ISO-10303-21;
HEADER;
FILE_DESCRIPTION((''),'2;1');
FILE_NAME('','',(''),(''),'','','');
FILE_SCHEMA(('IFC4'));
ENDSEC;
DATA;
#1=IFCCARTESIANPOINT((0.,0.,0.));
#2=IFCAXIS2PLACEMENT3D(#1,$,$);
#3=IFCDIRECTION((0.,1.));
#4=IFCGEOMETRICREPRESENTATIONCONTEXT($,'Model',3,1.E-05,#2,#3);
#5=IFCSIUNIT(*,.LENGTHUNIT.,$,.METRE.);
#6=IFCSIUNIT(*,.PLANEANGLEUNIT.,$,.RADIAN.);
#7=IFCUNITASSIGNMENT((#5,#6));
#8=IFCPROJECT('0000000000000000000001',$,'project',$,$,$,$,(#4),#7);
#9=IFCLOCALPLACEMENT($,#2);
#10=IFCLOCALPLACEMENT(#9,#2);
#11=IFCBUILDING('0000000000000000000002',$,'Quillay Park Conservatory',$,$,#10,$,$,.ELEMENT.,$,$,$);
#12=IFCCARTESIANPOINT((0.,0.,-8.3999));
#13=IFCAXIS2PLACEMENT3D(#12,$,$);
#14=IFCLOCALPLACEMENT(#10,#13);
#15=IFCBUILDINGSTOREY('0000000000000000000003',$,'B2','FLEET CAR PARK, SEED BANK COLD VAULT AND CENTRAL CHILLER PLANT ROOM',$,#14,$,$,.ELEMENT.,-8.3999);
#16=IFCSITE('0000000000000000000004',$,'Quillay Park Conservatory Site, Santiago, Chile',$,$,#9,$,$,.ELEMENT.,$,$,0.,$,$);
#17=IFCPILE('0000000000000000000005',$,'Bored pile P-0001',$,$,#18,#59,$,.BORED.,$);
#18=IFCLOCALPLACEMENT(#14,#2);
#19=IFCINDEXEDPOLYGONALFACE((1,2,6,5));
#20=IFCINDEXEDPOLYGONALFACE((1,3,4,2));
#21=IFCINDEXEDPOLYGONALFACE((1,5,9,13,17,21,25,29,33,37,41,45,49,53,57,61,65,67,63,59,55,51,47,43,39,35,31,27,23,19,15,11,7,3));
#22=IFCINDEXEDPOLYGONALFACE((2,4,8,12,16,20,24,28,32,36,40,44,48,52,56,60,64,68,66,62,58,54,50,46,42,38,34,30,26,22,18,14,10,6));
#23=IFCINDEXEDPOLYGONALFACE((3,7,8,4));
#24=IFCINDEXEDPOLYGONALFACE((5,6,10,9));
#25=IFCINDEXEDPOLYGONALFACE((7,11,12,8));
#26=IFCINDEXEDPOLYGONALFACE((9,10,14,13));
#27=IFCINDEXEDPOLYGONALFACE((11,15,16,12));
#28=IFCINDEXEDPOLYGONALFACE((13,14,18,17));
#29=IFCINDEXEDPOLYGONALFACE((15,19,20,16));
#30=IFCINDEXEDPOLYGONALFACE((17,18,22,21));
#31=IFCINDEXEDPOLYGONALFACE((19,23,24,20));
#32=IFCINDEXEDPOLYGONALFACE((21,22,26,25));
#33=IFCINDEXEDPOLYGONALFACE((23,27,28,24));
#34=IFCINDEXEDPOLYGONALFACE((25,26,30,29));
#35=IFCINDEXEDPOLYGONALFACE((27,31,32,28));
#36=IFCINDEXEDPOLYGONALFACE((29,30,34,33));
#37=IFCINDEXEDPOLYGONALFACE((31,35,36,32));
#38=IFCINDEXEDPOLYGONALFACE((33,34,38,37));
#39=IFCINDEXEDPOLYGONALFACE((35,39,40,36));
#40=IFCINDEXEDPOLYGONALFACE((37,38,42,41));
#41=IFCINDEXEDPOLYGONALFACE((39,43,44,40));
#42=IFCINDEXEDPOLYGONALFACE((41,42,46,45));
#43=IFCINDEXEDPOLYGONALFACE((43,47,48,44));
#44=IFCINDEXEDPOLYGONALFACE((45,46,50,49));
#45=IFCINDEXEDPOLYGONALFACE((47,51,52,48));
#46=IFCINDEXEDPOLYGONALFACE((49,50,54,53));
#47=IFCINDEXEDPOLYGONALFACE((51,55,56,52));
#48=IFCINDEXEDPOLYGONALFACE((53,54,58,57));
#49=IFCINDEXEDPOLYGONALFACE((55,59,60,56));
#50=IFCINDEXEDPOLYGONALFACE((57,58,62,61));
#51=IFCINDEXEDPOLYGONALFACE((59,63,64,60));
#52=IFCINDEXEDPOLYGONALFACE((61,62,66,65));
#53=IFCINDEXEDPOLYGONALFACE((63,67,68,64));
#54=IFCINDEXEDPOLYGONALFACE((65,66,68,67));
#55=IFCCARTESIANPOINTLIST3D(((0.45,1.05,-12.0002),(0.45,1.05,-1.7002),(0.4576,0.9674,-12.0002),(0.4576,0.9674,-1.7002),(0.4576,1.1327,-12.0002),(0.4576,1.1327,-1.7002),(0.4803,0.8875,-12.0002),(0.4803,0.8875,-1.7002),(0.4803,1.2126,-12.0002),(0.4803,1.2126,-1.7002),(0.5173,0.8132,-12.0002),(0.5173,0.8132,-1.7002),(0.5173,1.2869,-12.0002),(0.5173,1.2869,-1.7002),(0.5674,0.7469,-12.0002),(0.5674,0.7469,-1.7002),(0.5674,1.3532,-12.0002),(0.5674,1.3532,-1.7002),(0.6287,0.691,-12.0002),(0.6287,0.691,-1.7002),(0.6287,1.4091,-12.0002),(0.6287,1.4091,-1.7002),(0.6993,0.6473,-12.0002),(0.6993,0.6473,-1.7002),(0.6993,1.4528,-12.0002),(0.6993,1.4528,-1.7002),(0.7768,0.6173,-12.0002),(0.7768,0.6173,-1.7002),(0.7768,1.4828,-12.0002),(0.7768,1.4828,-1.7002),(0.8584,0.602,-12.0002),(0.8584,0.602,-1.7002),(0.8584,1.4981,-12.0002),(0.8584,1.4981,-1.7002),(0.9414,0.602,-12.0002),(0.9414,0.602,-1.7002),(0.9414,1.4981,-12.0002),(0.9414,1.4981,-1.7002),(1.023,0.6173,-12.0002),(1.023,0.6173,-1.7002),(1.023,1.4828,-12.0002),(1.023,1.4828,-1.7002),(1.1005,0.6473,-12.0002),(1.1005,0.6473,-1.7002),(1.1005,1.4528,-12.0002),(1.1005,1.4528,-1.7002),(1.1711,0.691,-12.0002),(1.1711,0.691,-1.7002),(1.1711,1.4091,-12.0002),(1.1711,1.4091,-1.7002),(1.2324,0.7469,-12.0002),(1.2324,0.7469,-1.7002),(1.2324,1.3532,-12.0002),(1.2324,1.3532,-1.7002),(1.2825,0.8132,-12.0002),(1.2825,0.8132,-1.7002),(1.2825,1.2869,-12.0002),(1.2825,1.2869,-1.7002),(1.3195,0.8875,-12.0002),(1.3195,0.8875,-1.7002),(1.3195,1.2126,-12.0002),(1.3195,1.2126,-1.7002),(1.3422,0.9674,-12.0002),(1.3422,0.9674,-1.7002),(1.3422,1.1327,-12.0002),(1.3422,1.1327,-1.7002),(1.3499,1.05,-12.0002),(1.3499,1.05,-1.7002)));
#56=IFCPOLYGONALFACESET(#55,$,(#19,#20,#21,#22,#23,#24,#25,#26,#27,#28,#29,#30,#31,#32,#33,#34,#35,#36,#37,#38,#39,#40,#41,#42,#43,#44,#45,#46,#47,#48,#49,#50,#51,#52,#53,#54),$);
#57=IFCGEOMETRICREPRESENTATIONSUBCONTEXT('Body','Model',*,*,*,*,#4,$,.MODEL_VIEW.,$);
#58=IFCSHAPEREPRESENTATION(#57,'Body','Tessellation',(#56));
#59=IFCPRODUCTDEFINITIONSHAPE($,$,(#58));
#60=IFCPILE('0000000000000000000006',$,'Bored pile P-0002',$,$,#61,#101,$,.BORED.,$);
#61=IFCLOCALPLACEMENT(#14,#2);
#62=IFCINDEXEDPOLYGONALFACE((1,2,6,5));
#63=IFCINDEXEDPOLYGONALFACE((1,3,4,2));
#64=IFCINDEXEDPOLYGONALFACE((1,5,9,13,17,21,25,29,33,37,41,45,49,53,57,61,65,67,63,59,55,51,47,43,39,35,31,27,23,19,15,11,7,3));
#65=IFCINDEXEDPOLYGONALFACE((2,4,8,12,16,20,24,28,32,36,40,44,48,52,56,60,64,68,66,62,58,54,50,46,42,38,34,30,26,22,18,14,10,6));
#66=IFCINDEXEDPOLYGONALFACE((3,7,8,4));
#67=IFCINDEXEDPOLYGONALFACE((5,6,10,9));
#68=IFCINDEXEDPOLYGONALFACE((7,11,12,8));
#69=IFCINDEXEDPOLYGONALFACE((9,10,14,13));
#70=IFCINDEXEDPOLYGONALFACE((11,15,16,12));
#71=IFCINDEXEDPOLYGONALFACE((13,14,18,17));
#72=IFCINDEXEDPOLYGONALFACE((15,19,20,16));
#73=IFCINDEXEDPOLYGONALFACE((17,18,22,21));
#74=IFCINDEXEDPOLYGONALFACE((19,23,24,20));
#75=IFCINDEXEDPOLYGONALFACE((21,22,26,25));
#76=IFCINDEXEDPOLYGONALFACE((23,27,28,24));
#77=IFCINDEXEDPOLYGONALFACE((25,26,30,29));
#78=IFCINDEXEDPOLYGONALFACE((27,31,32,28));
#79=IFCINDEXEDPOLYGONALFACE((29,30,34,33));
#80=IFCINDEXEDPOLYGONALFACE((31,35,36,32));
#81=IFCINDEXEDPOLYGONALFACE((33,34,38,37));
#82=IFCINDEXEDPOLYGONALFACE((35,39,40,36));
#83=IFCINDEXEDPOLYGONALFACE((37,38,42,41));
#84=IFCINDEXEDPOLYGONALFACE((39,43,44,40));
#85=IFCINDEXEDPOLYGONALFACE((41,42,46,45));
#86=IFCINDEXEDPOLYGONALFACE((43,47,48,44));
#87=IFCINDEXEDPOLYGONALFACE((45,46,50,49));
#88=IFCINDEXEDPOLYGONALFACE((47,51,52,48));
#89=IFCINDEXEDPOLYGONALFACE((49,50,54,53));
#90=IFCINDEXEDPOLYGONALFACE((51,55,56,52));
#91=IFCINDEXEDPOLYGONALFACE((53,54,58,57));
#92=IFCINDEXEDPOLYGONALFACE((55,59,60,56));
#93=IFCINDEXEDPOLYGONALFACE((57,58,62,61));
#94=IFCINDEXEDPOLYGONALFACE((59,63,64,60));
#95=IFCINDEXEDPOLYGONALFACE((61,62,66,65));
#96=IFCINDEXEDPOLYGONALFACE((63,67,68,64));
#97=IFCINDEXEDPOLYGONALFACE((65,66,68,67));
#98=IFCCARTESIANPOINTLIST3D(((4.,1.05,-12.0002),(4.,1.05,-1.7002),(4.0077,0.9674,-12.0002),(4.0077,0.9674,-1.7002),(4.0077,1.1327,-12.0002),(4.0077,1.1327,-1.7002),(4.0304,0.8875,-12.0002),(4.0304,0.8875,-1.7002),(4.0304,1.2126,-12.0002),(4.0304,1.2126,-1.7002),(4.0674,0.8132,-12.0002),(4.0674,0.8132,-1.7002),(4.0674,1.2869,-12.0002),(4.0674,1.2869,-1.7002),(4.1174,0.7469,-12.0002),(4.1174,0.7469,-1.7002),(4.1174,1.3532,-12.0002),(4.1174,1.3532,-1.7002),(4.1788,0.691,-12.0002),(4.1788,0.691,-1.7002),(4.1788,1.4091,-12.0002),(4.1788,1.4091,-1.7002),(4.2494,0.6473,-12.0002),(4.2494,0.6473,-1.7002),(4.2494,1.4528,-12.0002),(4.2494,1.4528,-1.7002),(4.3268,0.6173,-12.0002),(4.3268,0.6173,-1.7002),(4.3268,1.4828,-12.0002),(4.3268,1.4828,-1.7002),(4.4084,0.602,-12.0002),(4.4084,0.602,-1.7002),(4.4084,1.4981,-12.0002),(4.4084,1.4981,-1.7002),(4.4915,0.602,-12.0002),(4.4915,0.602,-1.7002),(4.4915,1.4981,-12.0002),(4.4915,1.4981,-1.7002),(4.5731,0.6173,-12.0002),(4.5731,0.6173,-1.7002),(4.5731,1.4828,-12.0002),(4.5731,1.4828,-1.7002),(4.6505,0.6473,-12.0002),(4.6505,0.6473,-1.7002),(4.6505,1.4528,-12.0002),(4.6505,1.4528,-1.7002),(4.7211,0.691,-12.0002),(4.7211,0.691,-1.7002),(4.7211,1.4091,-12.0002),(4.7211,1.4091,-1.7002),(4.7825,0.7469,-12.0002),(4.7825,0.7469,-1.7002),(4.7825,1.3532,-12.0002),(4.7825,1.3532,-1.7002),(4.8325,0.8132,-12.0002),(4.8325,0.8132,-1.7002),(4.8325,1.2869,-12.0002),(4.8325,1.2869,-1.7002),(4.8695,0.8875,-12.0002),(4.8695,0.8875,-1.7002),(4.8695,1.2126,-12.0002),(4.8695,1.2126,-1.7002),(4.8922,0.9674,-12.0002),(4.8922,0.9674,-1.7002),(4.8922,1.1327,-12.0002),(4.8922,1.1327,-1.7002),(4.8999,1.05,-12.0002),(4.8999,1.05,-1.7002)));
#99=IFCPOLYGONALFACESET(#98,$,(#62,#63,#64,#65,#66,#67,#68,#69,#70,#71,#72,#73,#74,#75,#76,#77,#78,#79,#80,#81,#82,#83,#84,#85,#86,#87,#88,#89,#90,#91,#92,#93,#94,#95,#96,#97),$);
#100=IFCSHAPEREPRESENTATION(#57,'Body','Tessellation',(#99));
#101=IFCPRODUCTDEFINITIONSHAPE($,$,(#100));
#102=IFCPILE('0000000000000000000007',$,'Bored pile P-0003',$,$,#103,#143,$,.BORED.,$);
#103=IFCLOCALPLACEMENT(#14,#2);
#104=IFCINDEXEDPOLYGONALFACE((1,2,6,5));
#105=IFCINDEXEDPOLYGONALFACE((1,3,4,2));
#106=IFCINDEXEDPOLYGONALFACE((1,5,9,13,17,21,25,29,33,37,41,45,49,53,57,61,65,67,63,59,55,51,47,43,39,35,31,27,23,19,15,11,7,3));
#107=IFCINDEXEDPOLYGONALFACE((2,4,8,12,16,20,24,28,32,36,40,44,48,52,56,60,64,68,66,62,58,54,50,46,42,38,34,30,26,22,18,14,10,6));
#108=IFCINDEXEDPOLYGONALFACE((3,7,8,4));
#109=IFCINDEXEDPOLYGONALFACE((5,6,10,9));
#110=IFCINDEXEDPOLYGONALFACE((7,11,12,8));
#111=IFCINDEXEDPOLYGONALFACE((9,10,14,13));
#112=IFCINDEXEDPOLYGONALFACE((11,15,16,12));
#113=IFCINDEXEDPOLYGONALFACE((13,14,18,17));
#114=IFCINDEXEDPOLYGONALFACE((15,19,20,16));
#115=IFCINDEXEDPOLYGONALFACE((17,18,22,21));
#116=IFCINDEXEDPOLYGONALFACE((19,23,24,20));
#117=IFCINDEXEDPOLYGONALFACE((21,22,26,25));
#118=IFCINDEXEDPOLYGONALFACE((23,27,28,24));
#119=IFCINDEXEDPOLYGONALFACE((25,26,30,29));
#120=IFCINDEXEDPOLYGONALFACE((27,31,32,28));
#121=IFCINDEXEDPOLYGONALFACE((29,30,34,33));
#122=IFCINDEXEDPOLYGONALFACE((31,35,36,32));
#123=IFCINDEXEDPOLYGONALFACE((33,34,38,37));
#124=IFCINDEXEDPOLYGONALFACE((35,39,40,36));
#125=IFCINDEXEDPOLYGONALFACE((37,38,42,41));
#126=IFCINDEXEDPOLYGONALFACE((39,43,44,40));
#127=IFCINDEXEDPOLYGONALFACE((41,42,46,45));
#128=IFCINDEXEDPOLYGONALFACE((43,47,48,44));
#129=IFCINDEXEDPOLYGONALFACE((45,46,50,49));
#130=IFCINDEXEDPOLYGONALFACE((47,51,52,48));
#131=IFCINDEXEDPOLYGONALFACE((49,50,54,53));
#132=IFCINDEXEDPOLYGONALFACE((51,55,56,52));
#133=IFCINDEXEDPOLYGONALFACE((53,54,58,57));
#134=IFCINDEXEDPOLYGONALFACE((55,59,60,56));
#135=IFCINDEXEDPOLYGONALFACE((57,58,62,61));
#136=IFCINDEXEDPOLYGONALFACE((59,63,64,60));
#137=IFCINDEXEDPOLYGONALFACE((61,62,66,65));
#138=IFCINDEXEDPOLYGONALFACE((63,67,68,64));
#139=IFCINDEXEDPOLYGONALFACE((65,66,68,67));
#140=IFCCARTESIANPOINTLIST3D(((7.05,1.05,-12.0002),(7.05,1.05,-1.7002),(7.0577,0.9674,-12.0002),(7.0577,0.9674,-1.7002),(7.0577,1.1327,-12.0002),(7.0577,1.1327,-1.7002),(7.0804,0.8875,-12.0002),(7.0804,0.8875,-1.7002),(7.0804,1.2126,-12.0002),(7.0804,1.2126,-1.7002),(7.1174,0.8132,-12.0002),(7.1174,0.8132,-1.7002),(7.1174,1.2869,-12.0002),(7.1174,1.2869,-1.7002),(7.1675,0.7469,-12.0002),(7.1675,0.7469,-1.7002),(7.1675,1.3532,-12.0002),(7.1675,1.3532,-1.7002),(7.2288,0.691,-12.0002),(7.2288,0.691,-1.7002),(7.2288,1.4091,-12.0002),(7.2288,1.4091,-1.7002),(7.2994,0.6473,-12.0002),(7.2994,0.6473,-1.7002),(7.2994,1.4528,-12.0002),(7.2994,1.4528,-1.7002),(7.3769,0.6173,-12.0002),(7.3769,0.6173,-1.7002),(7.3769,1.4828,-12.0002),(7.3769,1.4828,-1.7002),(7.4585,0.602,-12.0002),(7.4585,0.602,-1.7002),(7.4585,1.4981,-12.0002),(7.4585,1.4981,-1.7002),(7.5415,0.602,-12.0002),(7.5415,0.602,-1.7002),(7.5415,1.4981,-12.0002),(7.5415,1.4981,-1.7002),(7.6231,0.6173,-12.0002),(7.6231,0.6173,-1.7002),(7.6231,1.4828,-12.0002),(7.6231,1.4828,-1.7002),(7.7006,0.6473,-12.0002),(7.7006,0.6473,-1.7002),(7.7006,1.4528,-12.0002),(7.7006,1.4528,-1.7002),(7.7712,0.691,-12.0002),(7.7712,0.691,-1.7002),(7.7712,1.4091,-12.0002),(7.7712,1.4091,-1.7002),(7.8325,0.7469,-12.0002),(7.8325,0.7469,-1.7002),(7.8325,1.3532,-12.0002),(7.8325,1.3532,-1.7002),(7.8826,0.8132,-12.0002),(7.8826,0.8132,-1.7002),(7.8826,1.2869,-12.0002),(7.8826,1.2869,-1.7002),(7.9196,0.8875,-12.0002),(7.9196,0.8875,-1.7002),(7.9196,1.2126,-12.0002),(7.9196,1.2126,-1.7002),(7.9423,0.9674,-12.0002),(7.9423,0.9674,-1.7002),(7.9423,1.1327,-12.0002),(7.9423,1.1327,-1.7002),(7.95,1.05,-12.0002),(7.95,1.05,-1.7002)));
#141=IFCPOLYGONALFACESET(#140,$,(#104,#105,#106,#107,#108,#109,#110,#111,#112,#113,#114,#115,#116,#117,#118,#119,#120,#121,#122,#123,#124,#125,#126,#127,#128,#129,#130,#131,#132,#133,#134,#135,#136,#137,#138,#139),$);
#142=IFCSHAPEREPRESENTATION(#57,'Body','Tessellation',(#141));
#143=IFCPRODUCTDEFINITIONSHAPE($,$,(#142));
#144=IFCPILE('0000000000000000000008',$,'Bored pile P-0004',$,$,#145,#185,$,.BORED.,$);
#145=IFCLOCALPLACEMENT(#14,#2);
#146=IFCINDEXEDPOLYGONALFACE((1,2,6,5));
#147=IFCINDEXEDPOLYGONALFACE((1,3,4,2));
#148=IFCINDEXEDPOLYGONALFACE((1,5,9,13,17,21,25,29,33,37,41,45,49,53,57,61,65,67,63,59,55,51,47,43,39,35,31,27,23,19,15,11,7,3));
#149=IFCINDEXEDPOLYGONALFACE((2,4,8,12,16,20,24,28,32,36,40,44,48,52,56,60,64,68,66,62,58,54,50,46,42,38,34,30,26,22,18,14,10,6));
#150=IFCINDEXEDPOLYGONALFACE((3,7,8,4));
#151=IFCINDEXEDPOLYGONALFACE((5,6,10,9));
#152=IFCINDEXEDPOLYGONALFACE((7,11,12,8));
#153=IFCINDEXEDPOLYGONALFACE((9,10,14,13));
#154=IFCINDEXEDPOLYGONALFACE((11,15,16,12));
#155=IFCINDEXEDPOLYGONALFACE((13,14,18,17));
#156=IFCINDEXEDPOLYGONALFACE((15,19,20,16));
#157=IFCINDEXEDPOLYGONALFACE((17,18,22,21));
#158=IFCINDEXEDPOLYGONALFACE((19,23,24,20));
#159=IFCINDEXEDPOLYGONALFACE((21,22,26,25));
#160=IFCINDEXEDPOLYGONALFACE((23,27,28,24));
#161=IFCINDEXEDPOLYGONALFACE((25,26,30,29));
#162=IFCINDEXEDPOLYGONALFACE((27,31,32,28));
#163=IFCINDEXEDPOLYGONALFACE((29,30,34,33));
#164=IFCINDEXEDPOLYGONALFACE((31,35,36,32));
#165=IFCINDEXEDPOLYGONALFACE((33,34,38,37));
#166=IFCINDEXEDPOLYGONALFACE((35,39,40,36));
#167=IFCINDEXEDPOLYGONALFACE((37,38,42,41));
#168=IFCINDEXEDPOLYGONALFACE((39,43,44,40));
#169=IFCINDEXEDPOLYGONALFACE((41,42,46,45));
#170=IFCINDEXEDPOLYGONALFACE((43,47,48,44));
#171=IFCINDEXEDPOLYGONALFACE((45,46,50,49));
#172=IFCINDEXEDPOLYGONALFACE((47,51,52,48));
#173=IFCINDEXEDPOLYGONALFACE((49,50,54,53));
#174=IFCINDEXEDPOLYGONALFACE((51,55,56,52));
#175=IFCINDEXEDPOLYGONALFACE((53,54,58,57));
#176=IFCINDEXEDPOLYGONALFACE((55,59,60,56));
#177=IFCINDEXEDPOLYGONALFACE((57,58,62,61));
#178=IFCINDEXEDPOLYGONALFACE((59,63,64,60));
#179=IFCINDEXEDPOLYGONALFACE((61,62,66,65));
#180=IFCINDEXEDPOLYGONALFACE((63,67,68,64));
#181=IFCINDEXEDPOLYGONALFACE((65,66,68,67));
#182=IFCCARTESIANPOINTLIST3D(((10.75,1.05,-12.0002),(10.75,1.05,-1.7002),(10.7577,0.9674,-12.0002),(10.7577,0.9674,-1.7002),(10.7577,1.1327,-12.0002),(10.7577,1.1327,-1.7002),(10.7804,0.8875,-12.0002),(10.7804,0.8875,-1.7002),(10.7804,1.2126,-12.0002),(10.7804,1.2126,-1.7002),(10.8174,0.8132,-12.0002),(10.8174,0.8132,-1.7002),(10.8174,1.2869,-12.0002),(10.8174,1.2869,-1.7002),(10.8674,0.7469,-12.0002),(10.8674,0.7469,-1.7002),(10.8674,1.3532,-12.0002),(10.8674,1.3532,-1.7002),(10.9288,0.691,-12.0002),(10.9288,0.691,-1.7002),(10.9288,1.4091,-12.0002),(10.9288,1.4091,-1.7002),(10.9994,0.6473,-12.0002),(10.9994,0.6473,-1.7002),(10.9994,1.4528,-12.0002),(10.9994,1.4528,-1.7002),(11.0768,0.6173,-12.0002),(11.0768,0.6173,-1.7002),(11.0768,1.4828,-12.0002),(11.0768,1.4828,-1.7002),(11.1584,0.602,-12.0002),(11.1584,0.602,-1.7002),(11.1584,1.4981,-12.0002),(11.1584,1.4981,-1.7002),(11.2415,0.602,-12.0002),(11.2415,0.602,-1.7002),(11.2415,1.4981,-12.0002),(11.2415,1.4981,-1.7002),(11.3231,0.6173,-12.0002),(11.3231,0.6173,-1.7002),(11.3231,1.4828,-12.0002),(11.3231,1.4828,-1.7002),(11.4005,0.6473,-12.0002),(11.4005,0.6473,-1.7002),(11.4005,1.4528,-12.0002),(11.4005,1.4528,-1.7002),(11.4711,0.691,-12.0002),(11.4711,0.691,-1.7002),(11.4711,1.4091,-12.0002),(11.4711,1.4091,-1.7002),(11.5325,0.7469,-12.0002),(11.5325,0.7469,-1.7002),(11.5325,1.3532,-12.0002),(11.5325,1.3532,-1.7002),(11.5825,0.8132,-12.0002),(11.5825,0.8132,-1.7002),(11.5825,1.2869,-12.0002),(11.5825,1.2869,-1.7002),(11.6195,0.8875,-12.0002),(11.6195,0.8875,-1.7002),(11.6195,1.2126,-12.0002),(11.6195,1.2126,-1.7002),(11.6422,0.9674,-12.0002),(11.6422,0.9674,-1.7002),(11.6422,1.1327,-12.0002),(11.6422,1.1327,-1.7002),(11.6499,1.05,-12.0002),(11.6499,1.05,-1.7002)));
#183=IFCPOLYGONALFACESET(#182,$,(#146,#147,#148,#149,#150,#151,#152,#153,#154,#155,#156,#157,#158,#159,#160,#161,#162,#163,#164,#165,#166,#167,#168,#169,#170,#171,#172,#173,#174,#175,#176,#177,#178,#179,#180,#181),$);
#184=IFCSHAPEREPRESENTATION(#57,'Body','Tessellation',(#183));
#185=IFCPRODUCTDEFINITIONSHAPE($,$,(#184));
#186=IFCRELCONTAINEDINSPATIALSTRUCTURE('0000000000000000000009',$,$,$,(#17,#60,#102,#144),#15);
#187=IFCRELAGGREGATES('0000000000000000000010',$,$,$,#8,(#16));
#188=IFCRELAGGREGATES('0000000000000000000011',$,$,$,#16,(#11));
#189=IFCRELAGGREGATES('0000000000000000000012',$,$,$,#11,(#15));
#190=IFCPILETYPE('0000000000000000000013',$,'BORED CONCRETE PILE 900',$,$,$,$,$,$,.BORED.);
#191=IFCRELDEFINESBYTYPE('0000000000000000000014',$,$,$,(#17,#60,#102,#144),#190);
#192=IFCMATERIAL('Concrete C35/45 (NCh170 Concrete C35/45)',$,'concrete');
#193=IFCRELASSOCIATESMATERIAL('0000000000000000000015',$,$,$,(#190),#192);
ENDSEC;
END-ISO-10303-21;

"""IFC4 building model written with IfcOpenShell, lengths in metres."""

from ifc_helpers import new_model, si_unit, direction, frame, origin, origin_2d, place, context, subcontext, project, spatial, circle, extrude, material, material_profile, profile_set, type_object, element, save


model = new_model("IFC4")

# Units and contexts
model_context = context("Model", 3, precision=1e-05, world=origin(), true_north=direction((0.0, 1.0)))
body_context = subcontext(model_context, "Body", "Model", "MODEL_VIEW")
ifc_project = project(units=[si_unit("LENGTHUNIT", "METRE"), si_unit("PLANEANGLEUNIT", "RADIAN")], contexts=[model_context])

# Site, building, storey
site_placement = place(None, origin())
site = spatial("IfcSite", under=ifc_project, at=site_placement, Name="Quillay Park Conservatory Site, Santiago, Chile", CompositionType="ELEMENT", RefElevation=0.0)
building_placement = place(site_placement, origin())
building = spatial("IfcBuilding", under=site, at=building_placement, Name="Quillay Park Conservatory", CompositionType="ELEMENT")
storey_placement = place(building_placement, frame((0.0, 0.0, -8.3999)))
storey = spatial("IfcBuildingStorey", under=building, at=storey_placement, Name="B2", Description="FLEET CAR PARK, SEED BANK COLD VAULT AND CENTRAL CHILLER PLANT ROOM", CompositionType="ELEMENT", Elevation=-8.3999)

# Piles
ifc_material_1 = material(Name="Concrete C35/45 (NCh170 Concrete C35/45)", Category="concrete")
ifc_material_profile_1 = material_profile(ifc_material_1, circle(Radius=0.45, at=origin_2d()), Name="PILE900")
ifc_profile_set_1 = profile_set([ifc_material_profile_1], Name="Concrete C35/45 (NCh170 Concrete C35/45)")
pile_type = type_object("IfcPileType", Name="BORED CONCRETE PILE 900", PredefinedType="BORED", material=ifc_profile_set_1)
for number, where, z_axis, x_axis, name in (
    (1, (0.8999, 1.05, -1.7002), (0.0, 0.0, -1.0), (1.0, 0.0, 0.0), "Bored pile P-0001"),
    (2, (4.45, 1.05, -1.7002), (0.0, 0.0, -1.0), (1.0, 0.0, 0.0), "Bored pile P-0002"),
    (3, (7.5, 1.05, -1.7002), (0.0, 0.0, -1.0), (1.0, 0.0, 0.0), "Bored pile P-0003"),
    (4, (11.2, 1.05, -1.7002), (0.0, 0.0, -1.0), (1.0, 0.0, 0.0), "Bored pile P-0004"),
):
    element("IfcPile", number, at=place(storey_placement, frame(where, z_axis=z_axis, x_axis=x_axis)), inside=storey, type_object=pile_type, Name=name, PredefinedType="BORED", context=body_context, shape_type="SweptSolid", body=[
        extrude(circle(Radius=0.45, at=origin_2d()), origin(), (0.0, 0.0, 1.0), 10.3),
    ])

save(model, "model.ifc")
